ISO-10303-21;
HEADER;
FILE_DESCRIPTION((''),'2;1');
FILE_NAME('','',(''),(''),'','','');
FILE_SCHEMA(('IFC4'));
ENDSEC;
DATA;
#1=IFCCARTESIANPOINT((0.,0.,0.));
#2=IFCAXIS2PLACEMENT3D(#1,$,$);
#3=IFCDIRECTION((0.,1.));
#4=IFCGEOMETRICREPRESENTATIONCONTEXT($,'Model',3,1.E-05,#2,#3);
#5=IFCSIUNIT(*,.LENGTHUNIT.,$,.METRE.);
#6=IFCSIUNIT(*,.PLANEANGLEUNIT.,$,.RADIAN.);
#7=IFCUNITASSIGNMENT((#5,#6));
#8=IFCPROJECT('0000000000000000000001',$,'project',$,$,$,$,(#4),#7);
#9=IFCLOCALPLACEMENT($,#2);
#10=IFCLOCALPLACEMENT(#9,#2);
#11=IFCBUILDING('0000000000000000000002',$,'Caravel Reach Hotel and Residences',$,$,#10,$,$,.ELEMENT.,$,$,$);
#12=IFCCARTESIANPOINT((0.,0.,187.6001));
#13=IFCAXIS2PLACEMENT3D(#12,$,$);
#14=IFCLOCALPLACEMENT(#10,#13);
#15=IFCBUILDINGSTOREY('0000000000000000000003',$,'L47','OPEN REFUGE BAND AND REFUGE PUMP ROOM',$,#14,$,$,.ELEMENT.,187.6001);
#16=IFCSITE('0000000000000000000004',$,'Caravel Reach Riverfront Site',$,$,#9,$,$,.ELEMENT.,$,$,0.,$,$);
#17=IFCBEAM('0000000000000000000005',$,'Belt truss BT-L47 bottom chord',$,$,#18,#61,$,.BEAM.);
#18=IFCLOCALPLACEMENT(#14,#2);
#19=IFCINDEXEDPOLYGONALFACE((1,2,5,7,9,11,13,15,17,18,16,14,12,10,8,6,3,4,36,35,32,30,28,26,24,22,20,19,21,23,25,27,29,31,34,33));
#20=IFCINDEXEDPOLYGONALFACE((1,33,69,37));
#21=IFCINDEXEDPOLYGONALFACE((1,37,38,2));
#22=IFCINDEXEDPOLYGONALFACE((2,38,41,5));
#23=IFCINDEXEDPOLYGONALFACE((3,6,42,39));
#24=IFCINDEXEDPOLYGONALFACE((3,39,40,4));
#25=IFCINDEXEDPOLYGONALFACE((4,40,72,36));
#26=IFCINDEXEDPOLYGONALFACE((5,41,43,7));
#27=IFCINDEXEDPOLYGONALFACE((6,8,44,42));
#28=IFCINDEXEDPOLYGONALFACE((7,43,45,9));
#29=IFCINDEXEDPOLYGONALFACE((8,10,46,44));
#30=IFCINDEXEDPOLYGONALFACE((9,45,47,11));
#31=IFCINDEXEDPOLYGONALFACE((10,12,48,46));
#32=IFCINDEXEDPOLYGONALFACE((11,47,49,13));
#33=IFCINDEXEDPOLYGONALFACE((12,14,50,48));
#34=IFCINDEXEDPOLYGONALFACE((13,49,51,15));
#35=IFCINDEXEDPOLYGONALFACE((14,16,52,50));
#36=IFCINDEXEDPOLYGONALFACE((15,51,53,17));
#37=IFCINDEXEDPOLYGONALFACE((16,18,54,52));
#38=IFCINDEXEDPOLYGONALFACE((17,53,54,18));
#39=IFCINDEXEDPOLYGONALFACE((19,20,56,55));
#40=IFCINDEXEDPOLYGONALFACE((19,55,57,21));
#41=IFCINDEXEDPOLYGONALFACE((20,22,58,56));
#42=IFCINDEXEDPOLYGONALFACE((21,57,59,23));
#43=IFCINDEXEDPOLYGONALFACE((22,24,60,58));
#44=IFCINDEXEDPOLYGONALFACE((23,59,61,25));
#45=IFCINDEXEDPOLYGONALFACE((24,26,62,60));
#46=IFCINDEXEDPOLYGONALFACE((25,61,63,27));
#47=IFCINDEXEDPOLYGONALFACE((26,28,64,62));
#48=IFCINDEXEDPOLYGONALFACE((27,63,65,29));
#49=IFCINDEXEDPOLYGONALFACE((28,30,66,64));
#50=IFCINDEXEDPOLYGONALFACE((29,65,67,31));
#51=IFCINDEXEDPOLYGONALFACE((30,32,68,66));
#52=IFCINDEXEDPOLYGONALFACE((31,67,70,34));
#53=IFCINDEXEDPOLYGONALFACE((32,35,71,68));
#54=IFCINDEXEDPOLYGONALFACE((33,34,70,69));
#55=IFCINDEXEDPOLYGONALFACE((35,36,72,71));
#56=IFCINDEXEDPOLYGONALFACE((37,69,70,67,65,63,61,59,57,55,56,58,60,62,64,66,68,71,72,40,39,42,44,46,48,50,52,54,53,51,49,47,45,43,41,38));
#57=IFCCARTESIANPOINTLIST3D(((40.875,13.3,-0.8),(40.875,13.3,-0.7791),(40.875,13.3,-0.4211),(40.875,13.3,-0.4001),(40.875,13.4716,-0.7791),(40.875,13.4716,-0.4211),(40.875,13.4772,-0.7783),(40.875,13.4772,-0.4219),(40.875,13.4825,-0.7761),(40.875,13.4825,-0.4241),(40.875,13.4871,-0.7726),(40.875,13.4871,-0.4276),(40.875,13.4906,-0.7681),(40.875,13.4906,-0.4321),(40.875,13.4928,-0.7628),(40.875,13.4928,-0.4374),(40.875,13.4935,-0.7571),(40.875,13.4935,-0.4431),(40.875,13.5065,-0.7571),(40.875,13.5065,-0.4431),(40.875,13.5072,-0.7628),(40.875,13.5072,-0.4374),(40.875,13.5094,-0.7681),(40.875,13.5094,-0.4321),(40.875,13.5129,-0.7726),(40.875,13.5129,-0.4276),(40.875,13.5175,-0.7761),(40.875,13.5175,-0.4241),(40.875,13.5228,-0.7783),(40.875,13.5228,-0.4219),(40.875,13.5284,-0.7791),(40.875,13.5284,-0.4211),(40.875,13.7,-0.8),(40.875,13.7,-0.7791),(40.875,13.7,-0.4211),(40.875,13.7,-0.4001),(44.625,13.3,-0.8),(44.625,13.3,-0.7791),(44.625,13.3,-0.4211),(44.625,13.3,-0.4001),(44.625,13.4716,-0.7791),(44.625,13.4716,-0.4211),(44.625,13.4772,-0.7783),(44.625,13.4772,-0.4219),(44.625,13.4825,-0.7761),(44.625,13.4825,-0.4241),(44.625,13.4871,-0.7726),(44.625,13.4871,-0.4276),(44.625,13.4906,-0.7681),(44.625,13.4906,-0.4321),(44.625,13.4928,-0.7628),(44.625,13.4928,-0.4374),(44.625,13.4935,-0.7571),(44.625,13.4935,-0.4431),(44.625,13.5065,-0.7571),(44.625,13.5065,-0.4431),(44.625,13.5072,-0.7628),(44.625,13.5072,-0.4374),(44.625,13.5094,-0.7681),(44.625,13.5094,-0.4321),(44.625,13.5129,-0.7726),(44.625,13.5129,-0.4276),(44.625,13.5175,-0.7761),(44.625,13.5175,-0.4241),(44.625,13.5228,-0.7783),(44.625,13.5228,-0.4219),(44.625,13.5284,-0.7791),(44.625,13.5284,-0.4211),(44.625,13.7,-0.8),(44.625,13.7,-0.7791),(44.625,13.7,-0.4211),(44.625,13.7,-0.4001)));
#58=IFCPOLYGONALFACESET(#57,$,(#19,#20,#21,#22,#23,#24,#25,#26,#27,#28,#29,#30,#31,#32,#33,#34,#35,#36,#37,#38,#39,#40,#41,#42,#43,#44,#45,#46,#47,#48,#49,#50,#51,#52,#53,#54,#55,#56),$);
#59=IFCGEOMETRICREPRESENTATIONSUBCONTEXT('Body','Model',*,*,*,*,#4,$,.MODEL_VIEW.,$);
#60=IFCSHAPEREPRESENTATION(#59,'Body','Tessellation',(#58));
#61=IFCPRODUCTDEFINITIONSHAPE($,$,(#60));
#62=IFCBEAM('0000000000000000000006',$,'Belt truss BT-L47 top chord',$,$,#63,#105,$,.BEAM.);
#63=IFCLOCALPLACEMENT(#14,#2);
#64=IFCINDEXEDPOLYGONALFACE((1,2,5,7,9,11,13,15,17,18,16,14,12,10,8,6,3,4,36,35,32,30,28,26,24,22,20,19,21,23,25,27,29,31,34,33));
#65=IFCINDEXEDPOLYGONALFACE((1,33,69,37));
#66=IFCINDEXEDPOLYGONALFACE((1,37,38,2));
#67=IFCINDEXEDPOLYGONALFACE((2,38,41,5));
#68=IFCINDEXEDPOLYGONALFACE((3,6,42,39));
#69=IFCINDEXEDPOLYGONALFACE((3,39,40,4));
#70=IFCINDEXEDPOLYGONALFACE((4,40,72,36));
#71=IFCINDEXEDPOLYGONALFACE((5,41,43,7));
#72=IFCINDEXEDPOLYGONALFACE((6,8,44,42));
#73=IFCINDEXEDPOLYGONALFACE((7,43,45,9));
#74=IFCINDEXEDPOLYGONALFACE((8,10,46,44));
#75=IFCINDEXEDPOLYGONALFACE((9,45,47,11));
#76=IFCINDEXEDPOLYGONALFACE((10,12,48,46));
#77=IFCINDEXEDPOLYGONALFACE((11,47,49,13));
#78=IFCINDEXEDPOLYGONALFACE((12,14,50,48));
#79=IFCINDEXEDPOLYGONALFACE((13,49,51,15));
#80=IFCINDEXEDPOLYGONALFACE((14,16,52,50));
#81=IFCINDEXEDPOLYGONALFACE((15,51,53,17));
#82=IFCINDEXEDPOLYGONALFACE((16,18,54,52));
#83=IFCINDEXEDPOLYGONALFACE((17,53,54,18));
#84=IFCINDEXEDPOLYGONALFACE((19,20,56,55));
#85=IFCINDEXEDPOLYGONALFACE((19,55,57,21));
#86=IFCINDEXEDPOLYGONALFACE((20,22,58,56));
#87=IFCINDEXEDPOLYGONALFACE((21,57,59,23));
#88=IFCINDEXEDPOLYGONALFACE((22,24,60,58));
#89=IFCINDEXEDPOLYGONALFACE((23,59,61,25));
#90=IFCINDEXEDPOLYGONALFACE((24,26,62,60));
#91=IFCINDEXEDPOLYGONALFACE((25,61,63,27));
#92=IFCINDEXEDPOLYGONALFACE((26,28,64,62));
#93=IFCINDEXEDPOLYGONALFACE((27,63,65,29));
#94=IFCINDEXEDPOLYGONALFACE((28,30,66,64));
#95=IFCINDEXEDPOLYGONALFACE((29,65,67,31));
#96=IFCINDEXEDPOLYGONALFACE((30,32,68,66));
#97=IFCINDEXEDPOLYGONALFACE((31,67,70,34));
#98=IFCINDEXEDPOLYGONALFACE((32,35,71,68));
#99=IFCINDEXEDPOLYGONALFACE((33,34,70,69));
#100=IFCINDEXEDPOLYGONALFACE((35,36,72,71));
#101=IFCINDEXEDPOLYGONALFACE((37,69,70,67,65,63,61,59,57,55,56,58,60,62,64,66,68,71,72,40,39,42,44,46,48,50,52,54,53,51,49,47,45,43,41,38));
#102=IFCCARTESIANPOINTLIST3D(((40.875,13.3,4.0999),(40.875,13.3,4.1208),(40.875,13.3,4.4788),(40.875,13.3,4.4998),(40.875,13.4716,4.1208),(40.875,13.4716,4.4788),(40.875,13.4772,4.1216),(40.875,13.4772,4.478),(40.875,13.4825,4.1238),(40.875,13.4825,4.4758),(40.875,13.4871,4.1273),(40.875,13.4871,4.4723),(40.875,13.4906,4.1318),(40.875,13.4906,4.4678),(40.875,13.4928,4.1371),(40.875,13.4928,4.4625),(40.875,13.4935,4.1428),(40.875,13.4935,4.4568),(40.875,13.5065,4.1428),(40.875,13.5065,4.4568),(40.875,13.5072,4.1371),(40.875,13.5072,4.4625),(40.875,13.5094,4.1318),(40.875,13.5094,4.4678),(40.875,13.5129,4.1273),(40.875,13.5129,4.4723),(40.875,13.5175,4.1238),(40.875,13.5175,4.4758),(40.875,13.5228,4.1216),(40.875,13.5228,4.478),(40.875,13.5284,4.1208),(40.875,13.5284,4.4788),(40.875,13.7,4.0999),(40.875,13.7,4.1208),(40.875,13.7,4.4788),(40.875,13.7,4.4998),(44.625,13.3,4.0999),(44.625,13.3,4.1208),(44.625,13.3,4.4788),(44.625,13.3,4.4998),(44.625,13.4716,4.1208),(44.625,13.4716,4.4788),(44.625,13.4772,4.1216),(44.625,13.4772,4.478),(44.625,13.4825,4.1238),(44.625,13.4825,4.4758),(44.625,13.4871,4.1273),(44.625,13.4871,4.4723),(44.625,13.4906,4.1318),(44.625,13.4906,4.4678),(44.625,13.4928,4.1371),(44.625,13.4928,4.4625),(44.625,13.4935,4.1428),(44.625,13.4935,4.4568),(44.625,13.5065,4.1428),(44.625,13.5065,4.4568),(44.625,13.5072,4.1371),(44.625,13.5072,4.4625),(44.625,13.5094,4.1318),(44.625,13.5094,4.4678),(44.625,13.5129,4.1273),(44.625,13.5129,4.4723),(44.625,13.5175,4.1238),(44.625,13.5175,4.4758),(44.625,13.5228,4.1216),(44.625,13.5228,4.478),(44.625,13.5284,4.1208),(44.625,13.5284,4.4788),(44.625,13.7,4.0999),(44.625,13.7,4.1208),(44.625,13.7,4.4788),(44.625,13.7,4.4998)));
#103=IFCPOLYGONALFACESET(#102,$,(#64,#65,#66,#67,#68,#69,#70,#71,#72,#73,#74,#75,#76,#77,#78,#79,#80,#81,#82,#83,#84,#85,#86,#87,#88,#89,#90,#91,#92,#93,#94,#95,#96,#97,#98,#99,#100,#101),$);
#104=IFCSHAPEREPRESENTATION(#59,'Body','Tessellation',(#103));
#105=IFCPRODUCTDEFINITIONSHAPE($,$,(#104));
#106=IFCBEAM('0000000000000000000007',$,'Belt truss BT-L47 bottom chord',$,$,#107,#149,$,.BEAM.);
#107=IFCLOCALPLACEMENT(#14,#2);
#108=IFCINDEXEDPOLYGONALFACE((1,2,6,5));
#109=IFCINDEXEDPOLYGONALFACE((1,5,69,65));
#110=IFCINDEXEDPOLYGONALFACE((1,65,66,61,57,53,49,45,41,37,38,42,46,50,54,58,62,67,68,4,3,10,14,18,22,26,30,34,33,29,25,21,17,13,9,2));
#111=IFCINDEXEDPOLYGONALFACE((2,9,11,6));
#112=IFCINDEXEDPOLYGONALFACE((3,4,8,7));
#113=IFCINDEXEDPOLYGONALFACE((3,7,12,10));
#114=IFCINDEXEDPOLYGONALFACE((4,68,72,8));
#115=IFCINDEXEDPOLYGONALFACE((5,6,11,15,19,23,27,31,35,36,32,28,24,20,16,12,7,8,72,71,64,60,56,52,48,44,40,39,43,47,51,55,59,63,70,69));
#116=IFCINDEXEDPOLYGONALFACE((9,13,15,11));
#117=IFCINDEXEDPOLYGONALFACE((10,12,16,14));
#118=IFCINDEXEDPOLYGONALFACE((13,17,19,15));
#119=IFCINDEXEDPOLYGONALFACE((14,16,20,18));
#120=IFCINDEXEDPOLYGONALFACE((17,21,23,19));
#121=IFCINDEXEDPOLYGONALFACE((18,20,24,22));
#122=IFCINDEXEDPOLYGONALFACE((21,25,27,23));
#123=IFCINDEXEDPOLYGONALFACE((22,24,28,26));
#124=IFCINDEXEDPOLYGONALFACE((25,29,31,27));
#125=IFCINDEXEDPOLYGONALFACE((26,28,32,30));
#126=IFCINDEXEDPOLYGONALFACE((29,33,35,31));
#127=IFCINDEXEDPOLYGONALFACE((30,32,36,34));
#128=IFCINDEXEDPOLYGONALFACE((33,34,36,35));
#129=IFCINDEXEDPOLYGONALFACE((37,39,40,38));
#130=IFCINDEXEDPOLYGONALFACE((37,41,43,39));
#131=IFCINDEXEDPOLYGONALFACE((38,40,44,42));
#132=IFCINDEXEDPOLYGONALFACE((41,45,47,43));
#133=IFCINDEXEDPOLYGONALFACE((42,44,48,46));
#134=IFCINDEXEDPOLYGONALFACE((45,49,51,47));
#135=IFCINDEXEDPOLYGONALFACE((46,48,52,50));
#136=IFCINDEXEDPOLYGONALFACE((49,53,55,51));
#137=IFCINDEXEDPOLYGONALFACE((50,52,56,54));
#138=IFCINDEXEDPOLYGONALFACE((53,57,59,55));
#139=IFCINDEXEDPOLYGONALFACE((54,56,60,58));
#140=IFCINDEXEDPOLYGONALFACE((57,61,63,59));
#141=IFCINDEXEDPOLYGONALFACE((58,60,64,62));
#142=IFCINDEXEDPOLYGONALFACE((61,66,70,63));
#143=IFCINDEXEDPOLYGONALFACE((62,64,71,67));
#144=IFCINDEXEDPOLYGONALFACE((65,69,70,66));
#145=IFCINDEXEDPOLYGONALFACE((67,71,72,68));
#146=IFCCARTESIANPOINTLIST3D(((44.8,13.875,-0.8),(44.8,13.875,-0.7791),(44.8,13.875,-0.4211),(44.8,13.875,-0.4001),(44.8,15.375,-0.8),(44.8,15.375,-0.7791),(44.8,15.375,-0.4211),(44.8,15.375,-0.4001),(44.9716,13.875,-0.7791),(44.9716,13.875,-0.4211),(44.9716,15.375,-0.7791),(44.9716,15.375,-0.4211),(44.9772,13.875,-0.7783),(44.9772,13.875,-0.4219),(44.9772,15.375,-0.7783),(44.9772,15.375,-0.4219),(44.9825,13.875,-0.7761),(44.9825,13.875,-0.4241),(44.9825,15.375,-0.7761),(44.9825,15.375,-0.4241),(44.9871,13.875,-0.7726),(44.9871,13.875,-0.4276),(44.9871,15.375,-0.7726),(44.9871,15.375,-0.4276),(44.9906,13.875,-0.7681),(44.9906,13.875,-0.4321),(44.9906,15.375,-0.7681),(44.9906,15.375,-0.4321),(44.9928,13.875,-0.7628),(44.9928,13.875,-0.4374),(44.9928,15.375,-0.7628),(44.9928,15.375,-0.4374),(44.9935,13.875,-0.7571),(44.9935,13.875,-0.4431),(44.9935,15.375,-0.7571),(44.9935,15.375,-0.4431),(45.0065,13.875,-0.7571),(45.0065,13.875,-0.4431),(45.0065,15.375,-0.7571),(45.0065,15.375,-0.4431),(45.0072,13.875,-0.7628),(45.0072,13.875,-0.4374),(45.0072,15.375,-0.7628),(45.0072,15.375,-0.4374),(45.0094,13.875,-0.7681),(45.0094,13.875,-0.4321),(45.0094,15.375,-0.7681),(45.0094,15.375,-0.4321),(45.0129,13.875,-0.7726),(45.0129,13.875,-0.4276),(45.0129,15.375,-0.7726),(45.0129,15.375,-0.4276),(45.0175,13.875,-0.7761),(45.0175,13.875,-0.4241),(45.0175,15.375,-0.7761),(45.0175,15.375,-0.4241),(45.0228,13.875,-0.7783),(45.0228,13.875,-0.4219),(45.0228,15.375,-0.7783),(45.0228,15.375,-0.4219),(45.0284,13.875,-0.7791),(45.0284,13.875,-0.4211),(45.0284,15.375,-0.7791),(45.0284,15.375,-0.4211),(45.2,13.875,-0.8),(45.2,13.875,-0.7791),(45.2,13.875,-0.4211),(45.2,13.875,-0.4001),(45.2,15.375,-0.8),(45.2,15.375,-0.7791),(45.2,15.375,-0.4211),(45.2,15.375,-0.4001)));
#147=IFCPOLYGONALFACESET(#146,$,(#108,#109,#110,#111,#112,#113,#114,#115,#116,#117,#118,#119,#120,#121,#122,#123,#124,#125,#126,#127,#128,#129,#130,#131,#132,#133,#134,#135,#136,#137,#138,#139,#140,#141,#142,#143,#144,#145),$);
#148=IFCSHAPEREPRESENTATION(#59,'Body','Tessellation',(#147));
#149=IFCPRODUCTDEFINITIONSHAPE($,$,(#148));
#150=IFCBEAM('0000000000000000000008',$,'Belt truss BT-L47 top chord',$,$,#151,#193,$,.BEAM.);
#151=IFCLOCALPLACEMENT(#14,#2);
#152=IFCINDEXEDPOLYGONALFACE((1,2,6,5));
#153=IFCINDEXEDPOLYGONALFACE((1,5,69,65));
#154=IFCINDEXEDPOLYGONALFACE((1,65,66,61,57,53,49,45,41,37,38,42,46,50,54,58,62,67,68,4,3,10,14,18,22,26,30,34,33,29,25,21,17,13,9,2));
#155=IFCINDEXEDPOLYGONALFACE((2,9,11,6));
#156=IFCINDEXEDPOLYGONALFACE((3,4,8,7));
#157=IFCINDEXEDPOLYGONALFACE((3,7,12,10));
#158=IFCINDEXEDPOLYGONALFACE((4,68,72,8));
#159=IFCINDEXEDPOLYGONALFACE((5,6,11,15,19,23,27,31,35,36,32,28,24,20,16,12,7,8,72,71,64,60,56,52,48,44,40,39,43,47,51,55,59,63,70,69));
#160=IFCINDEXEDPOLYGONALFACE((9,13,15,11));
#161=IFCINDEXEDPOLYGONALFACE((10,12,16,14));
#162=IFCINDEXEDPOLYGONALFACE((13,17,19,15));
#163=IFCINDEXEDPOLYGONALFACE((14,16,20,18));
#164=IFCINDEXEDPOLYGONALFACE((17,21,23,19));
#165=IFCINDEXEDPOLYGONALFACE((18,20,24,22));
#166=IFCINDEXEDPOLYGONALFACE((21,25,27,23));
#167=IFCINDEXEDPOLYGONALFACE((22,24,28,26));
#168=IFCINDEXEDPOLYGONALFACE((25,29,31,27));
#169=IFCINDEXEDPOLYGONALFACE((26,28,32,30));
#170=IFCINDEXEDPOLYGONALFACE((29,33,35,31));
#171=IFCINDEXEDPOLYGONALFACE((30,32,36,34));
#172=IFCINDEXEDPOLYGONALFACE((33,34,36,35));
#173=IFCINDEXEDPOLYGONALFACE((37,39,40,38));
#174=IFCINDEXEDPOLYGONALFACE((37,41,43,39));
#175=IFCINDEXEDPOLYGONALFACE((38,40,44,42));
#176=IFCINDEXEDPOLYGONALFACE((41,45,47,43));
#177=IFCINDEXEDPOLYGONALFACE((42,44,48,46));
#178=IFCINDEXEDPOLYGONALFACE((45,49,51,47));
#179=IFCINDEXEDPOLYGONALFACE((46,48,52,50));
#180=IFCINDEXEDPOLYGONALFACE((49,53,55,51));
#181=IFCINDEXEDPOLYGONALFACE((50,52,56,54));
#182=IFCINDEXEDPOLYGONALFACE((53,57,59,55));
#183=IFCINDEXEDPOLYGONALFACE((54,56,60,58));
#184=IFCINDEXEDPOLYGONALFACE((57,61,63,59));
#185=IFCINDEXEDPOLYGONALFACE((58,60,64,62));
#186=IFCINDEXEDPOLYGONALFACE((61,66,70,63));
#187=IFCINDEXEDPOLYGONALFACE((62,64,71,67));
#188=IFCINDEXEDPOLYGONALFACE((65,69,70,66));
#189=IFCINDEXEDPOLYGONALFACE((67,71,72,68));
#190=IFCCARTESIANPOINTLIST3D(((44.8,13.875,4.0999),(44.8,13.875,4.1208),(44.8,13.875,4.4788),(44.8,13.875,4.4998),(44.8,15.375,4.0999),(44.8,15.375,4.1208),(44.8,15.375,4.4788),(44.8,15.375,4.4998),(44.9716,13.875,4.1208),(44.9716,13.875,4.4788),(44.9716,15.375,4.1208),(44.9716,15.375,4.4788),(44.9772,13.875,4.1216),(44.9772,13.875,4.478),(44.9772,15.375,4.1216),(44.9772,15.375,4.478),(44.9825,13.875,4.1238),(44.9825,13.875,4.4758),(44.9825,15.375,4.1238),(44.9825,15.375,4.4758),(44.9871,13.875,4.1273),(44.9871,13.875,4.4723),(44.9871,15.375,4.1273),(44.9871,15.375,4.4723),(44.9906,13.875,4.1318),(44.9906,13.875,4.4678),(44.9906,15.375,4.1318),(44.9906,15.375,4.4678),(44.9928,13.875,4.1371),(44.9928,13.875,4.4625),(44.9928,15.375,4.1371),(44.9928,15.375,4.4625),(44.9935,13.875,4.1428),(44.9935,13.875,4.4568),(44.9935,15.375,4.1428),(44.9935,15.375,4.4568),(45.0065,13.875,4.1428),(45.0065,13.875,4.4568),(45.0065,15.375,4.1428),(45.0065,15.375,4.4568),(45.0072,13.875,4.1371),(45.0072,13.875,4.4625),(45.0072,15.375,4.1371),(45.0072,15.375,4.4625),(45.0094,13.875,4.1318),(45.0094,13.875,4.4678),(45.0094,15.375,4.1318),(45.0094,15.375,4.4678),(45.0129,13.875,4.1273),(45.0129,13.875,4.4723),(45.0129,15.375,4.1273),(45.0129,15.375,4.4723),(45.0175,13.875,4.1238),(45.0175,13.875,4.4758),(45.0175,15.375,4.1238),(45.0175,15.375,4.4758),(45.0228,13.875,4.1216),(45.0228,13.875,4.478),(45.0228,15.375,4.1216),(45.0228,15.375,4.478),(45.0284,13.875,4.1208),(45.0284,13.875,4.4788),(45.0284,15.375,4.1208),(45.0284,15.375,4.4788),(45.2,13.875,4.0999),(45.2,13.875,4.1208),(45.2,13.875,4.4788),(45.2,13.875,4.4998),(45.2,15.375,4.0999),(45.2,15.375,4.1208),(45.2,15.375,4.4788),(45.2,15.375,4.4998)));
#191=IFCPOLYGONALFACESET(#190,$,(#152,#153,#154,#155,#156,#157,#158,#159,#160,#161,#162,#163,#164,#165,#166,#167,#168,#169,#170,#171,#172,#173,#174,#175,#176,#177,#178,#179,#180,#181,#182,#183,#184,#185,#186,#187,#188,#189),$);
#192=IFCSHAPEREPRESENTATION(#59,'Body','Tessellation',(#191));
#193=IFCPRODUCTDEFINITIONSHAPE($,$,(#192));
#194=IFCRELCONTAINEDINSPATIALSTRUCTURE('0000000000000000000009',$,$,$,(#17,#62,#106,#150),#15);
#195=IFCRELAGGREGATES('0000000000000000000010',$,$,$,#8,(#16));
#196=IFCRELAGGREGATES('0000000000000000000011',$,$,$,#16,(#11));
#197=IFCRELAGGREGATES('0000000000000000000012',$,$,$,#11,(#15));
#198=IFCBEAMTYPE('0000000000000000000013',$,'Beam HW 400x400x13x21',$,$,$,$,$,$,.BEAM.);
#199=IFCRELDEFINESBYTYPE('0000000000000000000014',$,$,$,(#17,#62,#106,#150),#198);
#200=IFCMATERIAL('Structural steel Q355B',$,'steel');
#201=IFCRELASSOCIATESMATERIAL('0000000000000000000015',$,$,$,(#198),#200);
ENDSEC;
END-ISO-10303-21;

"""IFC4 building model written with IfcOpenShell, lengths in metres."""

from ifc_helpers import new_model, si_unit, direction, frame, origin, origin_2d, place, context, subcontext, project, spatial, i_section, extrude, material, material_profile, profile_set, type_object, element, save


model = new_model("IFC4")

# Units and contexts
model_context = context("Model", 3, precision=1e-05, world=origin(), true_north=direction((0.0, 1.0)))
body_context = subcontext(model_context, "Body", "Model", "MODEL_VIEW")
ifc_project = project(units=[si_unit("LENGTHUNIT", "METRE"), si_unit("PLANEANGLEUNIT", "RADIAN")], contexts=[model_context])

# Site, building, storey
site_placement = place(None, origin())
site = spatial("IfcSite", under=ifc_project, at=site_placement, Name="Caravel Reach Riverfront Site", CompositionType="ELEMENT", RefElevation=0.0)
building_placement = place(site_placement, origin())
building = spatial("IfcBuilding", under=site, at=building_placement, Name="Caravel Reach Hotel and Residences", CompositionType="ELEMENT")
storey_placement = place(building_placement, frame((0.0, 0.0, 187.6001)))
storey = spatial("IfcBuildingStorey", under=building, at=storey_placement, Name="L47", Description="OPEN REFUGE BAND AND REFUGE PUMP ROOM", CompositionType="ELEMENT", Elevation=187.6001)

# Beams
ifc_material_1 = material(Name="Structural steel Q355B", Category="steel")
ifc_material_profile_1 = material_profile(ifc_material_1, i_section(OverallWidth=0.3999, OverallDepth=0.3999, WebThickness=0.0129, FlangeThickness=0.021, FilletRadius=0.022, at=origin_2d()), Name="HW 400x400x13x21")
ifc_profile_set_1 = profile_set([ifc_material_profile_1], Name="Structural steel Q355B")
beam_type_1 = type_object("IfcBeamType", Name="Beam HW 400x400x13x21", PredefinedType="BEAM", material=ifc_profile_set_1)
for number, where, z_axis, x_axis, name in (
    (1, (40.875, 13.5, -0.6001), (1.0, 0.0, 0.0), (0.0, 1.0, 0.0), "Belt truss BT-L47 bottom chord"),
    (2, (40.875, 13.5, 4.2998), (1.0, 0.0, 0.0), (0.0, 1.0, 0.0), "Belt truss BT-L47 top chord"),
):
    element("IfcBeam", number, at=place(storey_placement, frame(where, z_axis=z_axis, x_axis=x_axis)), inside=storey, type_object=beam_type_1, Name=name, PredefinedType="BEAM", context=body_context, shape_type="SweptSolid", body=[
        extrude(i_section(OverallWidth=0.3999, OverallDepth=0.3999, WebThickness=0.0129, FlangeThickness=0.021, FilletRadius=0.022, at=origin_2d()), origin(), (0.0, 0.0, 1.0), 3.75),
    ])
for number, where, z_axis, x_axis, name in (
    (3, (45.0, 13.875, -0.6001), (0.0, 1.0, 0.0), (-1.0, 0.0, 0.0), "Belt truss BT-L47 bottom chord"),
    (4, (45.0, 13.875, 4.2998), (0.0, 1.0, 0.0), (-1.0, 0.0, 0.0), "Belt truss BT-L47 top chord"),
):
    element("IfcBeam", number, at=place(storey_placement, frame(where, z_axis=z_axis, x_axis=x_axis)), inside=storey, type_object=beam_type_1, Name=name, PredefinedType="BEAM", context=body_context, shape_type="SweptSolid", body=[
        extrude(i_section(OverallWidth=0.3999, OverallDepth=0.3999, WebThickness=0.0129, FlangeThickness=0.021, FilletRadius=0.022, at=origin_2d()), origin(), (0.0, 0.0, 1.0), 1.5),
    ])

save(model, "model.ifc")
